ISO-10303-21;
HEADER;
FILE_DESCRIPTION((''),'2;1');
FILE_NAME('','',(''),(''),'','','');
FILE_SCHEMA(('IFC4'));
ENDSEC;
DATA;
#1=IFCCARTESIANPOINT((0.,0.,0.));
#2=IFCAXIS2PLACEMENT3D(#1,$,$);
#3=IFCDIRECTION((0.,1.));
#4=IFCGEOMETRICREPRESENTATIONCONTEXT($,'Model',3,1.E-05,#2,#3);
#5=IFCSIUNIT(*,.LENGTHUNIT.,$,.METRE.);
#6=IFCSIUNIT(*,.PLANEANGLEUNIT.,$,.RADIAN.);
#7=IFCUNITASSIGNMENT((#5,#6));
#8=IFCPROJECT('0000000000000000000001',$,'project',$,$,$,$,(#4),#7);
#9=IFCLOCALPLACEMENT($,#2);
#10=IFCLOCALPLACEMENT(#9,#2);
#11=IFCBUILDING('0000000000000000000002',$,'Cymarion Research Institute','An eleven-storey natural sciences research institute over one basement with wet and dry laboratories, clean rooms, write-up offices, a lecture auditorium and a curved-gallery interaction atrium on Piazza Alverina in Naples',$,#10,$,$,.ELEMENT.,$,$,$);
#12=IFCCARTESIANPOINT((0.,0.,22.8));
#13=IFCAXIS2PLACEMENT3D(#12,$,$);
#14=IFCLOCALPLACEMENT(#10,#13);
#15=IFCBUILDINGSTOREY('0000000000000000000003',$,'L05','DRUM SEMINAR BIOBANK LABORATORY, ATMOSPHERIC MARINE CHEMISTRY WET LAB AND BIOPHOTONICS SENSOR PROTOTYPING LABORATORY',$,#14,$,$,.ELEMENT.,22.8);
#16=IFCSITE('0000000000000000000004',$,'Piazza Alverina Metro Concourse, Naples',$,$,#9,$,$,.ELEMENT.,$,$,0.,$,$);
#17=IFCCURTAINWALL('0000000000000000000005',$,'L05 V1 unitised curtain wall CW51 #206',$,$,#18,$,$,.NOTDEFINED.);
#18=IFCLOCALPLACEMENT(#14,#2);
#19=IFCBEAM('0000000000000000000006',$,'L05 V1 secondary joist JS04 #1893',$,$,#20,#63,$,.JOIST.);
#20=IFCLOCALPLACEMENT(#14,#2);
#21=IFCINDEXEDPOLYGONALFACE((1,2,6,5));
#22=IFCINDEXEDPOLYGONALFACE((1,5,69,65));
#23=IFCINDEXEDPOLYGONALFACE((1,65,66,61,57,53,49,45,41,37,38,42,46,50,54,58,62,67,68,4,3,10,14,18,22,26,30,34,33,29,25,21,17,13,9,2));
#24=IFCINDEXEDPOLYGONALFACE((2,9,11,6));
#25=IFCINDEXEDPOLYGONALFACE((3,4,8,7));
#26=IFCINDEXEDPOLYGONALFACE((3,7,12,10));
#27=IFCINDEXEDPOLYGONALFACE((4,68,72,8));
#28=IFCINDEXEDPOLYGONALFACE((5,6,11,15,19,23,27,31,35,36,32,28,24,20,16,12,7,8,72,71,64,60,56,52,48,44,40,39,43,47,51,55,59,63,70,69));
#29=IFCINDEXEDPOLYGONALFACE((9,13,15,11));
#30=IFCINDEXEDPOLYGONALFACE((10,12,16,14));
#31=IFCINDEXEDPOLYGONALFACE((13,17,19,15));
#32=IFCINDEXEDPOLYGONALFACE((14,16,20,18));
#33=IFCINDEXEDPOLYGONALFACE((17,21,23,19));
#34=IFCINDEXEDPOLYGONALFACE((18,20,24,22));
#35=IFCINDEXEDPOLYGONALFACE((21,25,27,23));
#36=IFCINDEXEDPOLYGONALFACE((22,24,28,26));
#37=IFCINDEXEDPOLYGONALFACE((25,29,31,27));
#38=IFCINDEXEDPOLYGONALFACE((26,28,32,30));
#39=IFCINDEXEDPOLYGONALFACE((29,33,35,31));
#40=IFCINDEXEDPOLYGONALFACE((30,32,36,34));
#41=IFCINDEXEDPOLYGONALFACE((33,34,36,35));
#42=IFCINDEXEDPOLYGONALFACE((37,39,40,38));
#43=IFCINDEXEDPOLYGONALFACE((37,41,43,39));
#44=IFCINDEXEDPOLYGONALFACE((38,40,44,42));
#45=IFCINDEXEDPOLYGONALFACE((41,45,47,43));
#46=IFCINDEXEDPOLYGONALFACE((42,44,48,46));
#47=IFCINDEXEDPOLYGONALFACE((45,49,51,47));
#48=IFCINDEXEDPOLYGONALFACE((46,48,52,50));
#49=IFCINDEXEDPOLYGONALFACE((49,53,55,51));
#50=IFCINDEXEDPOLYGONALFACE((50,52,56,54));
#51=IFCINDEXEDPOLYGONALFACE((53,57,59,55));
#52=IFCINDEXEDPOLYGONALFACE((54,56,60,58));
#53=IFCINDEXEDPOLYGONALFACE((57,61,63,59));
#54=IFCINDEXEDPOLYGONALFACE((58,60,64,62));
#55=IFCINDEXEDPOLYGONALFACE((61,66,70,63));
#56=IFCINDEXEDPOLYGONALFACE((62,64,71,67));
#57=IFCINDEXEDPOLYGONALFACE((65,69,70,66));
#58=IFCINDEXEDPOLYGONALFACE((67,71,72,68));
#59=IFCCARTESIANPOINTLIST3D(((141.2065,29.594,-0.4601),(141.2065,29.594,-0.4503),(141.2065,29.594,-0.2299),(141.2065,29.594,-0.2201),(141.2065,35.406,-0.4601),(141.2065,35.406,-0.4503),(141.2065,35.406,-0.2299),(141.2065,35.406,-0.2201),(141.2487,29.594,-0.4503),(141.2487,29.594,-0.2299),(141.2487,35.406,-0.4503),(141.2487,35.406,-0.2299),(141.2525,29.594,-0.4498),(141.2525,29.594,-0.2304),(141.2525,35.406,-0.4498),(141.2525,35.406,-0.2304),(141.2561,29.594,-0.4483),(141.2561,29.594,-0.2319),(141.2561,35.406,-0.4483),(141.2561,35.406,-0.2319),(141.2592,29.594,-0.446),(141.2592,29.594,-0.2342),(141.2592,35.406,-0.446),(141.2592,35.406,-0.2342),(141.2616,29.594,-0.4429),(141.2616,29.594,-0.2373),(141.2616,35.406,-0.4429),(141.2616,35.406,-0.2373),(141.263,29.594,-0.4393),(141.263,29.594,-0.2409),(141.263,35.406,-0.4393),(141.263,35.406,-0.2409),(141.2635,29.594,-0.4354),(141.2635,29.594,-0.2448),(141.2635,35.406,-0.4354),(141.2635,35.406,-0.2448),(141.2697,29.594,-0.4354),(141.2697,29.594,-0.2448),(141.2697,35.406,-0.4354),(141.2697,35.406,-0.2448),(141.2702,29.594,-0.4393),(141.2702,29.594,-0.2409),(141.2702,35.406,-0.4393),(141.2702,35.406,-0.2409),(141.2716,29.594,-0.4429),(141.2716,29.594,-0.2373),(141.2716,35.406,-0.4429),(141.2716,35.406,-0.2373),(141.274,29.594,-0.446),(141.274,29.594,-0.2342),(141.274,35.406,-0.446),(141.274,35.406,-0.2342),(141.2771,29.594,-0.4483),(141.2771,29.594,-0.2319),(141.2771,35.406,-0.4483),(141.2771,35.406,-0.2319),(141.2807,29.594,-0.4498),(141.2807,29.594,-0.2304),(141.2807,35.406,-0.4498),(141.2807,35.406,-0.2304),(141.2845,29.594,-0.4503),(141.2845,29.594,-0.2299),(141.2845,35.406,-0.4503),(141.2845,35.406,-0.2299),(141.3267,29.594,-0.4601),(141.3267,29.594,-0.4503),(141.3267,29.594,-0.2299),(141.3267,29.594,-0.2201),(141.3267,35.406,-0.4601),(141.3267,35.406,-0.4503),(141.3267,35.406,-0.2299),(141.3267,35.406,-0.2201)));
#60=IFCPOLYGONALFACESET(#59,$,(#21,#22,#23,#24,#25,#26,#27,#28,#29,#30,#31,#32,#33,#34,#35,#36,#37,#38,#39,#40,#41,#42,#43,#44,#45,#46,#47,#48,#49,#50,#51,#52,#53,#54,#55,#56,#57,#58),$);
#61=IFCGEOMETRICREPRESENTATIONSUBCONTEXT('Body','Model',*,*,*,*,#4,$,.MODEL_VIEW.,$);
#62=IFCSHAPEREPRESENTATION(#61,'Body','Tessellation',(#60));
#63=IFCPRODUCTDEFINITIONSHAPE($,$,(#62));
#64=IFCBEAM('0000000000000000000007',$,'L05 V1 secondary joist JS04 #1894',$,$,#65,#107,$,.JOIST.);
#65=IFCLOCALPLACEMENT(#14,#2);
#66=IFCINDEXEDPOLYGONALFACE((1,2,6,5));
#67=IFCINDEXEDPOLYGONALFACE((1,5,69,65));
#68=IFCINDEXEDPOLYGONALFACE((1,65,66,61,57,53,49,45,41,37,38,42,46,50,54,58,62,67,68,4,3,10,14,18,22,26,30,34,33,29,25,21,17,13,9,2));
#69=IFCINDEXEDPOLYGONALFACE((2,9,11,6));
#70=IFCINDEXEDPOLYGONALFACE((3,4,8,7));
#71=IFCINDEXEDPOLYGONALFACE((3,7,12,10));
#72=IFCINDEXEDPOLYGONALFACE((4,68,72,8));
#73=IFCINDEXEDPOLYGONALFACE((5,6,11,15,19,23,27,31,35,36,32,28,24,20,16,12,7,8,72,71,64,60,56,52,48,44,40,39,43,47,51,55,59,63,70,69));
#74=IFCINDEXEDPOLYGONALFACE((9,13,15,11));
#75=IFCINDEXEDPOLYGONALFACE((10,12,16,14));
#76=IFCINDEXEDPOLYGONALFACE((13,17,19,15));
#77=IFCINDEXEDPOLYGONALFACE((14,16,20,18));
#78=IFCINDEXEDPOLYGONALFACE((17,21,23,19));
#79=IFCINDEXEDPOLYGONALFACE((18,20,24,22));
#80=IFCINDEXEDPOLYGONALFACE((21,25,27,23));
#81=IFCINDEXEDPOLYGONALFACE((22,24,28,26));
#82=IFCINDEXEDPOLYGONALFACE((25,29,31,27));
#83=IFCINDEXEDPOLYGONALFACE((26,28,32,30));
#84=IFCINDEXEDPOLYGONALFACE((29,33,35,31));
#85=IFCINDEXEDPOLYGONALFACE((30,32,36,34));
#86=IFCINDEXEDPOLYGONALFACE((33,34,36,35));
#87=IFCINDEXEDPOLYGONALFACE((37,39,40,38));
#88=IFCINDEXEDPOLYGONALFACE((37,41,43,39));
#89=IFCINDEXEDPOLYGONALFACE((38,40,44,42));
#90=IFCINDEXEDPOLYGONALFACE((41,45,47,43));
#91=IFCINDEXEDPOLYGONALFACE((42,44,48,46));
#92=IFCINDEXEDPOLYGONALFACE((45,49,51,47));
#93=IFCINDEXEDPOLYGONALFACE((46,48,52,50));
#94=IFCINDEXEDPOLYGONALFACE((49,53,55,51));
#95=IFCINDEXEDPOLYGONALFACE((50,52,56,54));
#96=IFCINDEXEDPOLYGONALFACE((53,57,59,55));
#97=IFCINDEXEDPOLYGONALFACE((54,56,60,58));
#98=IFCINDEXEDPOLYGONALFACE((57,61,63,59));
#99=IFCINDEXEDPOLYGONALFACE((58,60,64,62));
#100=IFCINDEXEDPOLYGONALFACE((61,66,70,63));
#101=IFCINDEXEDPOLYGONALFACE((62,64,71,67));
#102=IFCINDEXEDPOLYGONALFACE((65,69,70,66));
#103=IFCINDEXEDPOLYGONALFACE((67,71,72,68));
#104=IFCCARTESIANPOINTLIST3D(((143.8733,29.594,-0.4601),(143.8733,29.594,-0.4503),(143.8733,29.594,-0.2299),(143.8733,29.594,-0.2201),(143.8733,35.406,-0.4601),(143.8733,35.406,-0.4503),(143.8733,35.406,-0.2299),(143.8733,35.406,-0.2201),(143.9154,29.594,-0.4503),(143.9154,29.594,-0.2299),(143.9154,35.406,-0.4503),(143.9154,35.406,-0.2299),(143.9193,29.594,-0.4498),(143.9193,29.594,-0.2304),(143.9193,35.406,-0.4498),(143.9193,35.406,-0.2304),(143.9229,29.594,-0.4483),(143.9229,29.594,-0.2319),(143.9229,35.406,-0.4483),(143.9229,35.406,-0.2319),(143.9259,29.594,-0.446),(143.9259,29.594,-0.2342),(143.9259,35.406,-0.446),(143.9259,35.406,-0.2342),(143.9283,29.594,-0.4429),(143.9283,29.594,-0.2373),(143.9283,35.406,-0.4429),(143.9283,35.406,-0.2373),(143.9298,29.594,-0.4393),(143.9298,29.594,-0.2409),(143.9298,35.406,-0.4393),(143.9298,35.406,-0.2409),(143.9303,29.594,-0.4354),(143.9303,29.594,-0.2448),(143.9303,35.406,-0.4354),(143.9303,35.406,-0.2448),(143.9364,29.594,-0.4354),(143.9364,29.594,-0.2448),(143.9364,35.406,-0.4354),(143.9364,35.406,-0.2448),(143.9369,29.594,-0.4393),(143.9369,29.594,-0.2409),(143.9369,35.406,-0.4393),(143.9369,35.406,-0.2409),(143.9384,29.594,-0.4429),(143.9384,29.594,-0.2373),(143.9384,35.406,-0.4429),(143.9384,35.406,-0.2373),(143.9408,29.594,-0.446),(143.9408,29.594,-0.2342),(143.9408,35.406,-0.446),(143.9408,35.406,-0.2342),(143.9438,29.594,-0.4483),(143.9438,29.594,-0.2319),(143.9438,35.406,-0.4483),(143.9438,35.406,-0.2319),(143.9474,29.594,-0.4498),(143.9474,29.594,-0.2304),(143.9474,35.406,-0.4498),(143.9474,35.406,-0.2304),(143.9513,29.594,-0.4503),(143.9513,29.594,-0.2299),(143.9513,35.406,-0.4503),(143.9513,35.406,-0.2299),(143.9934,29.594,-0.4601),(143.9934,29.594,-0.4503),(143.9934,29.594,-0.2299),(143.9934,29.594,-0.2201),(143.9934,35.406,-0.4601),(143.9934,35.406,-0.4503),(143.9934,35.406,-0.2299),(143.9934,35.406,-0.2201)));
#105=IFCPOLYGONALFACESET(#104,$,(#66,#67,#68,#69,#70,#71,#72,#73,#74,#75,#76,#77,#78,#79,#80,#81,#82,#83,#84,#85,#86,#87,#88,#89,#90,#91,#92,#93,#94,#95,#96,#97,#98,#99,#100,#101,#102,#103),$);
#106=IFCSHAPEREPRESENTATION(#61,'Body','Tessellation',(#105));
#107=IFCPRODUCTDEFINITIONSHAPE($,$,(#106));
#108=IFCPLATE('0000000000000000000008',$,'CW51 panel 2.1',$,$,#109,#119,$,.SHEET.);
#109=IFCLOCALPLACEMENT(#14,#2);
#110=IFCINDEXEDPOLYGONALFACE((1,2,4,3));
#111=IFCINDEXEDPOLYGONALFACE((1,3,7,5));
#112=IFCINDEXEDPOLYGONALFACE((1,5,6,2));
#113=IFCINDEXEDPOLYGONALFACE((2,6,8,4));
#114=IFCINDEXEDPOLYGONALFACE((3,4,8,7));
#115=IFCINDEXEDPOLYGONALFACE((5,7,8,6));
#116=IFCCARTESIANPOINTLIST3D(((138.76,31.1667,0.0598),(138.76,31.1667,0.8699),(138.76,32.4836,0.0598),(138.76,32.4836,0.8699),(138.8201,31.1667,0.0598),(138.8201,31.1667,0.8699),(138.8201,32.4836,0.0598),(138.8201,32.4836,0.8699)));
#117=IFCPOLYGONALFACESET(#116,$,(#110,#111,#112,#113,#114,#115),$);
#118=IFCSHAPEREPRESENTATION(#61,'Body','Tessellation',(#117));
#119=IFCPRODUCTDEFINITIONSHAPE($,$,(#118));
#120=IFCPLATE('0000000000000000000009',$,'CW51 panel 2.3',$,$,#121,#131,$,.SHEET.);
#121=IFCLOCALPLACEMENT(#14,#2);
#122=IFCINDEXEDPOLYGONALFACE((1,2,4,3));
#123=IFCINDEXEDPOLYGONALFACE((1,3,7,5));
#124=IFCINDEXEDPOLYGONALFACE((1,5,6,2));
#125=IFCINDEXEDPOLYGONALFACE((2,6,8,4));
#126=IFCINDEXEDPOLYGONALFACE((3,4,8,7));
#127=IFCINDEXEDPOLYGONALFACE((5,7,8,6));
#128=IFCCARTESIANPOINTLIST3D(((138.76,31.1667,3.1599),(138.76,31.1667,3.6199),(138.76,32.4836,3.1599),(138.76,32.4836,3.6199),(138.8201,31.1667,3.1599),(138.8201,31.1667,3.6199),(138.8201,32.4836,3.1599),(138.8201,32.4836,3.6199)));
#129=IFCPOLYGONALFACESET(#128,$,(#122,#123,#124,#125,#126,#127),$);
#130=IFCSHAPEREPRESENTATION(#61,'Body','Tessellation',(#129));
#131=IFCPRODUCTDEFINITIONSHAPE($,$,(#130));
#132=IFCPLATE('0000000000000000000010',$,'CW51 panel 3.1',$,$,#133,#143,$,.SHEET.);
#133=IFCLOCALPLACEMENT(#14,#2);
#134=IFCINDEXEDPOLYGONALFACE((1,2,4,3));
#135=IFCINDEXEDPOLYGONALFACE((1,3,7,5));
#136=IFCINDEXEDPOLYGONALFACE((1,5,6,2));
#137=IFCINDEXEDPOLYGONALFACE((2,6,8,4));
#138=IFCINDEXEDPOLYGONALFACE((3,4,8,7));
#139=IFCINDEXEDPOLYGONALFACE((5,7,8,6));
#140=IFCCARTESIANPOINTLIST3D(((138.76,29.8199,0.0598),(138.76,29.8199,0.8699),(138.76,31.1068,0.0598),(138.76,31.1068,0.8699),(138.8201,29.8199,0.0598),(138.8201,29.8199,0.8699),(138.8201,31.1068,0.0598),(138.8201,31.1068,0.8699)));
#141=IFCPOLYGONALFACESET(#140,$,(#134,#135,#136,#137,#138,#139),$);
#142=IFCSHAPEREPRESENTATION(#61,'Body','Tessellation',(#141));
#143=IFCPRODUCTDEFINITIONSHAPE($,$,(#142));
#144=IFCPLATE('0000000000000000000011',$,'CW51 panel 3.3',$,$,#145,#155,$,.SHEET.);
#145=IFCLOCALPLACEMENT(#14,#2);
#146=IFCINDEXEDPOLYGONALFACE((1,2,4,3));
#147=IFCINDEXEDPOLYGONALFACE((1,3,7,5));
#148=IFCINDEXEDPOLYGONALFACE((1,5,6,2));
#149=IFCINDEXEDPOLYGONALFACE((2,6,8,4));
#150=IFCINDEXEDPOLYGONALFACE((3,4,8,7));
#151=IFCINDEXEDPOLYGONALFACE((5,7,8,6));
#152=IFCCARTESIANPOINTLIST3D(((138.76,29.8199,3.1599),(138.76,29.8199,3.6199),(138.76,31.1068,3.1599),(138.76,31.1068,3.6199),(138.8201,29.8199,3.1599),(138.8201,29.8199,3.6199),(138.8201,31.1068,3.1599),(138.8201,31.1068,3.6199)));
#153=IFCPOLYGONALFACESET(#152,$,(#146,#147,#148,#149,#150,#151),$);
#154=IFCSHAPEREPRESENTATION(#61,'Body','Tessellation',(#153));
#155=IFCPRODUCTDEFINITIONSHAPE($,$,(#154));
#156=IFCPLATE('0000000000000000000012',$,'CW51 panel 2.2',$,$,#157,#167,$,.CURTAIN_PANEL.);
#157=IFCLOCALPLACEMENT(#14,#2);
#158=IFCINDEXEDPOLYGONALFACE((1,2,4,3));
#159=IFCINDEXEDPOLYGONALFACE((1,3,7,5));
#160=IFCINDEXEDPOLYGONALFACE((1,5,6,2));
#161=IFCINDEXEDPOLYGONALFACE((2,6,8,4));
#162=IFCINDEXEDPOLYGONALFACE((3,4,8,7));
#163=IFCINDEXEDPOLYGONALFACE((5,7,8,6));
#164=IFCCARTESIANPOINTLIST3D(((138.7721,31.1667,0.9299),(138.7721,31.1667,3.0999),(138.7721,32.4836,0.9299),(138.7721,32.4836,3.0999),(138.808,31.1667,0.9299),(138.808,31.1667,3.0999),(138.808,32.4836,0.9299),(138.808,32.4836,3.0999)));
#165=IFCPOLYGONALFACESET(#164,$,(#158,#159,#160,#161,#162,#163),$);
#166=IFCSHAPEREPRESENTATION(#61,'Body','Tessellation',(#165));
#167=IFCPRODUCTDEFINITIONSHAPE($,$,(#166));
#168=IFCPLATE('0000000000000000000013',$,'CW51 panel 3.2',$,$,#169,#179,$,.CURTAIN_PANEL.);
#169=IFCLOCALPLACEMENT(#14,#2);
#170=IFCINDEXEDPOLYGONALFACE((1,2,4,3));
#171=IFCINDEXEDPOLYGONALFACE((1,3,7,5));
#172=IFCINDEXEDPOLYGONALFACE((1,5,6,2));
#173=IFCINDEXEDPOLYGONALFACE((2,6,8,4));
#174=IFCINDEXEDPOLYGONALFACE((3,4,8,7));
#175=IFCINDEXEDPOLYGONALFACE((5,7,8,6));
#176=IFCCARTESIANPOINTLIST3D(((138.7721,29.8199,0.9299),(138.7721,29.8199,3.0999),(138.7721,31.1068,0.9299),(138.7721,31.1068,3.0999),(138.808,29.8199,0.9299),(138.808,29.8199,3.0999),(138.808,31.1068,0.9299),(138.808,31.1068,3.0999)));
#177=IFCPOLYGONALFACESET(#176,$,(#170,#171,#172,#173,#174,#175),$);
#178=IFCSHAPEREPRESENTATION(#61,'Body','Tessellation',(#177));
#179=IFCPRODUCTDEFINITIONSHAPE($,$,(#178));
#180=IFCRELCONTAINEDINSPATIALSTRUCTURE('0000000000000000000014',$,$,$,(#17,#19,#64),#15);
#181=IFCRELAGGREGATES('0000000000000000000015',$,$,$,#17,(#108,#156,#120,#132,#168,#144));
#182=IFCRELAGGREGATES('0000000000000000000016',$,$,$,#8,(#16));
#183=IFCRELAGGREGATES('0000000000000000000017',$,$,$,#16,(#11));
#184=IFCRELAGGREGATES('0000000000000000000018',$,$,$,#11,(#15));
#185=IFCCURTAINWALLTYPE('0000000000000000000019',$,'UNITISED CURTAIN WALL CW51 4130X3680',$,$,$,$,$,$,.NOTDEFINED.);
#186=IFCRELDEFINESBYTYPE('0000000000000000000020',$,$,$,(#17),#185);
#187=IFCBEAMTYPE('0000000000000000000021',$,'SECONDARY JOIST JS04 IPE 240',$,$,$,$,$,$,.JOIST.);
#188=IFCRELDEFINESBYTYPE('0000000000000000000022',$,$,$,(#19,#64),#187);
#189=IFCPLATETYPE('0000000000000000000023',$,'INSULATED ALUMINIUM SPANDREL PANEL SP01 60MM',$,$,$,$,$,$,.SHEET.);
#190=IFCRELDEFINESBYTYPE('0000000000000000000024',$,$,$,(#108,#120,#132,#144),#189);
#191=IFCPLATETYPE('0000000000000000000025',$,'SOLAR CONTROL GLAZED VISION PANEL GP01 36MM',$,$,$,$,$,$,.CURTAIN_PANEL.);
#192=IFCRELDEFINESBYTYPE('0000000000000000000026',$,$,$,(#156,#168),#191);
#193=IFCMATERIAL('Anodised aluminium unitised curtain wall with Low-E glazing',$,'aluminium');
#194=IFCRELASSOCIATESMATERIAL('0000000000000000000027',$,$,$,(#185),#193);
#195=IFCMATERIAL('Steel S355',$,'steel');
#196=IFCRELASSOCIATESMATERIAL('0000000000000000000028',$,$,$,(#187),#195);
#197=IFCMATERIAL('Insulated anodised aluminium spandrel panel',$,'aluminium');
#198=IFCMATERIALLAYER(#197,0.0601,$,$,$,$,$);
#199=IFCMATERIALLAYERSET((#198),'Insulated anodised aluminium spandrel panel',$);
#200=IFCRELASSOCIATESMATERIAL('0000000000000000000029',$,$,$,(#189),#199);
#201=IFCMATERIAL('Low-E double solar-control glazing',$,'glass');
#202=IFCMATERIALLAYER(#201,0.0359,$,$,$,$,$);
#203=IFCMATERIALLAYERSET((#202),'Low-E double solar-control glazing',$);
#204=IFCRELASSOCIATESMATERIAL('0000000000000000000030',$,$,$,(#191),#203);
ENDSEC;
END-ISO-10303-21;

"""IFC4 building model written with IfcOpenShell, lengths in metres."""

from ifc_helpers import new_model, si_unit, direction, frame, origin, origin_2d, place, context, subcontext, project, spatial, rectangle, i_section, extrude, material, layer, layer_set, material_profile, profile_set, type_object, element, aggregate, save


model = new_model("IFC4")

# Units and contexts
model_context = context("Model", 3, precision=1e-05, world=origin(), true_north=direction((0.0, 1.0)))
body_context = subcontext(model_context, "Body", "Model", "MODEL_VIEW")
ifc_project = project(units=[si_unit("LENGTHUNIT", "METRE"), si_unit("PLANEANGLEUNIT", "RADIAN")], contexts=[model_context])

# Site, building, storey
site_placement = place(None, origin())
site = spatial("IfcSite", under=ifc_project, at=site_placement, Name="Piazza Alverina Metro Concourse, Naples", CompositionType="ELEMENT", RefElevation=0.0)
building_placement = place(site_placement, origin())
building = spatial("IfcBuilding", under=site, at=building_placement, Name="Cymarion Research Institute", Description="An eleven-storey natural sciences research institute over one basement with wet and dry laboratories, clean rooms, write-up offices, a lecture auditorium and a curved-gallery interaction atrium on Piazza Alverina in Naples", CompositionType="ELEMENT")
storey_placement = place(building_placement, frame((0.0, 0.0, 22.8)))
storey = spatial("IfcBuildingStorey", under=building, at=storey_placement, Name="L05", Description="DRUM SEMINAR BIOBANK LABORATORY, ATMOSPHERIC MARINE CHEMISTRY WET LAB AND BIOPHOTONICS SENSOR PROTOTYPING LABORATORY", CompositionType="ELEMENT", Elevation=22.8)

# Curtain wall
ifc_material_1 = material(Name="Anodised aluminium unitised curtain wall with Low-E glazing", Category="aluminium")
curtain_wall_type = type_object("IfcCurtainWallType", Name="UNITISED CURTAIN WALL CW51 4130X3680", PredefinedType="NOTDEFINED", material=ifc_material_1)
curtain_wall_placement = place(storey_placement, origin())
curtain_wall = element("IfcCurtainWall", 1, at=curtain_wall_placement, inside=storey, type_object=curtain_wall_type, Name="L05 V1 unitised curtain wall CW51 #206", PredefinedType="NOTDEFINED")

# Beams
ifc_material_2 = material(Name="Steel S355", Category="steel")
ifc_material_profile_1 = material_profile(ifc_material_2, i_section(OverallWidth=0.1201, OverallDepth=0.24, WebThickness=0.0061, FlangeThickness=0.0098, FilletRadius=0.0149, at=origin_2d()), Name="IPE 240")
ifc_profile_set_1 = profile_set([ifc_material_profile_1], Name="Steel S355")
beam_type_1 = type_object("IfcBeamType", Name="SECONDARY JOIST JS04 IPE 240", PredefinedType="JOIST", material=ifc_profile_set_1)
for number, where, z_axis, x_axis, name in (
    (2, (141.2666, 29.594, -0.3401), (0.0, 1.0, 0.0), (-1.0, 0.0, 0.0), "L05 V1 secondary joist JS04 #1893"),
    (3, (143.9333, 29.594, -0.3401), (0.0, 1.0, 0.0), (-1.0, 0.0, 0.0), "L05 V1 secondary joist JS04 #1894"),
):
    element("IfcBeam", number, at=place(storey_placement, frame(where, z_axis=z_axis, x_axis=x_axis)), inside=storey, type_object=beam_type_1, Name=name, PredefinedType="JOIST", context=body_context, shape_type="SweptSolid", body=[
        extrude(i_section(OverallWidth=0.1201, OverallDepth=0.24, WebThickness=0.0061, FlangeThickness=0.0098, FilletRadius=0.0149, at=origin_2d()), origin(), (0.0, 0.0, 1.0), 5.812),
    ])

# Plates
ifc_material_3 = material(Name="Insulated anodised aluminium spandrel panel", Category="aluminium")
ifc_layer_1 = layer(ifc_material_3, 0.0601)
ifc_layer_set_1 = layer_set([ifc_layer_1], Name="Insulated anodised aluminium spandrel panel")
plate_type_1 = type_object("IfcPlateType", Name="INSULATED ALUMINIUM SPANDREL PANEL SP01 60MM", PredefinedType="SHEET", material=ifc_layer_set_1)
plate_1_placement = place(storey_placement, frame((138.79, 31.8252, 0.0598), z_axis=(0.0, 0.0, 1.0), x_axis=(0.0, -1.0, 0.0)))
plate_1 = element("IfcPlate", 4, at=plate_1_placement, type_object=plate_type_1, Name="CW51 panel 2.1", PredefinedType="SHEET", context=body_context, shape_type="SweptSolid", body=[
    extrude(rectangle(XDim=1.3169, YDim=0.0601, at=origin_2d()), origin(), (0.0, 0.0, 1.0), 0.8101),
])
plate_2_placement = place(storey_placement, frame((138.79, 31.8252, 3.1599), z_axis=(0.0, 0.0, 1.0), x_axis=(0.0, -1.0, 0.0)))
plate_2 = element("IfcPlate", 5, at=plate_2_placement, type_object=plate_type_1, Name="CW51 panel 2.3", PredefinedType="SHEET", context=body_context, shape_type="SweptSolid", body=[
    extrude(rectangle(XDim=1.3169, YDim=0.0601, at=origin_2d()), origin(), (0.0, 0.0, 1.0), 0.46),
])
plate_3_placement = place(storey_placement, frame((138.79, 30.4634, 0.0598), z_axis=(0.0, 0.0, 1.0), x_axis=(0.0, -1.0, 0.0)))
plate_3 = element("IfcPlate", 6, at=plate_3_placement, type_object=plate_type_1, Name="CW51 panel 3.1", PredefinedType="SHEET", context=body_context, shape_type="SweptSolid", body=[
    extrude(rectangle(XDim=1.2869, YDim=0.0601, at=origin_2d()), origin(), (0.0, 0.0, 1.0), 0.8101),
])
plate_4_placement = place(storey_placement, frame((138.79, 30.4634, 3.1599), z_axis=(0.0, 0.0, 1.0), x_axis=(0.0, -1.0, 0.0)))
plate_4 = element("IfcPlate", 7, at=plate_4_placement, type_object=plate_type_1, Name="CW51 panel 3.3", PredefinedType="SHEET", context=body_context, shape_type="SweptSolid", body=[
    extrude(rectangle(XDim=1.2869, YDim=0.0601, at=origin_2d()), origin(), (0.0, 0.0, 1.0), 0.46),
])
ifc_material_4 = material(Name="Low-E double solar-control glazing", Category="glass")
ifc_layer_2 = layer(ifc_material_4, 0.0359)
ifc_layer_set_2 = layer_set([ifc_layer_2], Name="Low-E double solar-control glazing")
plate_type_2 = type_object("IfcPlateType", Name="SOLAR CONTROL GLAZED VISION PANEL GP01 36MM", PredefinedType="CURTAIN_PANEL", material=ifc_layer_set_2)
plate_5_placement = place(storey_placement, frame((138.79, 31.8252, 0.9299), z_axis=(0.0, 0.0, 1.0), x_axis=(0.0, -1.0, 0.0)))
plate_5 = element("IfcPlate", 8, at=plate_5_placement, type_object=plate_type_2, Name="CW51 panel 2.2", PredefinedType="CURTAIN_PANEL", context=body_context, shape_type="SweptSolid", body=[
    extrude(rectangle(XDim=1.3169, YDim=0.0359, at=origin_2d()), origin(), (0.0, 0.0, 1.0), 2.1699),
])
plate_6_placement = place(storey_placement, frame((138.79, 30.4634, 0.9299), z_axis=(0.0, 0.0, 1.0), x_axis=(0.0, -1.0, 0.0)))
plate_6 = element("IfcPlate", 9, at=plate_6_placement, type_object=plate_type_2, Name="CW51 panel 3.2", PredefinedType="CURTAIN_PANEL", context=body_context, shape_type="SweptSolid", body=[
    extrude(rectangle(XDim=1.2869, YDim=0.0359, at=origin_2d()), origin(), (0.0, 0.0, 1.0), 2.1699),
])
aggregate(curtain_wall, [plate_1, plate_5, plate_2, plate_3, plate_6, plate_4])

save(model, "model.ifc")
